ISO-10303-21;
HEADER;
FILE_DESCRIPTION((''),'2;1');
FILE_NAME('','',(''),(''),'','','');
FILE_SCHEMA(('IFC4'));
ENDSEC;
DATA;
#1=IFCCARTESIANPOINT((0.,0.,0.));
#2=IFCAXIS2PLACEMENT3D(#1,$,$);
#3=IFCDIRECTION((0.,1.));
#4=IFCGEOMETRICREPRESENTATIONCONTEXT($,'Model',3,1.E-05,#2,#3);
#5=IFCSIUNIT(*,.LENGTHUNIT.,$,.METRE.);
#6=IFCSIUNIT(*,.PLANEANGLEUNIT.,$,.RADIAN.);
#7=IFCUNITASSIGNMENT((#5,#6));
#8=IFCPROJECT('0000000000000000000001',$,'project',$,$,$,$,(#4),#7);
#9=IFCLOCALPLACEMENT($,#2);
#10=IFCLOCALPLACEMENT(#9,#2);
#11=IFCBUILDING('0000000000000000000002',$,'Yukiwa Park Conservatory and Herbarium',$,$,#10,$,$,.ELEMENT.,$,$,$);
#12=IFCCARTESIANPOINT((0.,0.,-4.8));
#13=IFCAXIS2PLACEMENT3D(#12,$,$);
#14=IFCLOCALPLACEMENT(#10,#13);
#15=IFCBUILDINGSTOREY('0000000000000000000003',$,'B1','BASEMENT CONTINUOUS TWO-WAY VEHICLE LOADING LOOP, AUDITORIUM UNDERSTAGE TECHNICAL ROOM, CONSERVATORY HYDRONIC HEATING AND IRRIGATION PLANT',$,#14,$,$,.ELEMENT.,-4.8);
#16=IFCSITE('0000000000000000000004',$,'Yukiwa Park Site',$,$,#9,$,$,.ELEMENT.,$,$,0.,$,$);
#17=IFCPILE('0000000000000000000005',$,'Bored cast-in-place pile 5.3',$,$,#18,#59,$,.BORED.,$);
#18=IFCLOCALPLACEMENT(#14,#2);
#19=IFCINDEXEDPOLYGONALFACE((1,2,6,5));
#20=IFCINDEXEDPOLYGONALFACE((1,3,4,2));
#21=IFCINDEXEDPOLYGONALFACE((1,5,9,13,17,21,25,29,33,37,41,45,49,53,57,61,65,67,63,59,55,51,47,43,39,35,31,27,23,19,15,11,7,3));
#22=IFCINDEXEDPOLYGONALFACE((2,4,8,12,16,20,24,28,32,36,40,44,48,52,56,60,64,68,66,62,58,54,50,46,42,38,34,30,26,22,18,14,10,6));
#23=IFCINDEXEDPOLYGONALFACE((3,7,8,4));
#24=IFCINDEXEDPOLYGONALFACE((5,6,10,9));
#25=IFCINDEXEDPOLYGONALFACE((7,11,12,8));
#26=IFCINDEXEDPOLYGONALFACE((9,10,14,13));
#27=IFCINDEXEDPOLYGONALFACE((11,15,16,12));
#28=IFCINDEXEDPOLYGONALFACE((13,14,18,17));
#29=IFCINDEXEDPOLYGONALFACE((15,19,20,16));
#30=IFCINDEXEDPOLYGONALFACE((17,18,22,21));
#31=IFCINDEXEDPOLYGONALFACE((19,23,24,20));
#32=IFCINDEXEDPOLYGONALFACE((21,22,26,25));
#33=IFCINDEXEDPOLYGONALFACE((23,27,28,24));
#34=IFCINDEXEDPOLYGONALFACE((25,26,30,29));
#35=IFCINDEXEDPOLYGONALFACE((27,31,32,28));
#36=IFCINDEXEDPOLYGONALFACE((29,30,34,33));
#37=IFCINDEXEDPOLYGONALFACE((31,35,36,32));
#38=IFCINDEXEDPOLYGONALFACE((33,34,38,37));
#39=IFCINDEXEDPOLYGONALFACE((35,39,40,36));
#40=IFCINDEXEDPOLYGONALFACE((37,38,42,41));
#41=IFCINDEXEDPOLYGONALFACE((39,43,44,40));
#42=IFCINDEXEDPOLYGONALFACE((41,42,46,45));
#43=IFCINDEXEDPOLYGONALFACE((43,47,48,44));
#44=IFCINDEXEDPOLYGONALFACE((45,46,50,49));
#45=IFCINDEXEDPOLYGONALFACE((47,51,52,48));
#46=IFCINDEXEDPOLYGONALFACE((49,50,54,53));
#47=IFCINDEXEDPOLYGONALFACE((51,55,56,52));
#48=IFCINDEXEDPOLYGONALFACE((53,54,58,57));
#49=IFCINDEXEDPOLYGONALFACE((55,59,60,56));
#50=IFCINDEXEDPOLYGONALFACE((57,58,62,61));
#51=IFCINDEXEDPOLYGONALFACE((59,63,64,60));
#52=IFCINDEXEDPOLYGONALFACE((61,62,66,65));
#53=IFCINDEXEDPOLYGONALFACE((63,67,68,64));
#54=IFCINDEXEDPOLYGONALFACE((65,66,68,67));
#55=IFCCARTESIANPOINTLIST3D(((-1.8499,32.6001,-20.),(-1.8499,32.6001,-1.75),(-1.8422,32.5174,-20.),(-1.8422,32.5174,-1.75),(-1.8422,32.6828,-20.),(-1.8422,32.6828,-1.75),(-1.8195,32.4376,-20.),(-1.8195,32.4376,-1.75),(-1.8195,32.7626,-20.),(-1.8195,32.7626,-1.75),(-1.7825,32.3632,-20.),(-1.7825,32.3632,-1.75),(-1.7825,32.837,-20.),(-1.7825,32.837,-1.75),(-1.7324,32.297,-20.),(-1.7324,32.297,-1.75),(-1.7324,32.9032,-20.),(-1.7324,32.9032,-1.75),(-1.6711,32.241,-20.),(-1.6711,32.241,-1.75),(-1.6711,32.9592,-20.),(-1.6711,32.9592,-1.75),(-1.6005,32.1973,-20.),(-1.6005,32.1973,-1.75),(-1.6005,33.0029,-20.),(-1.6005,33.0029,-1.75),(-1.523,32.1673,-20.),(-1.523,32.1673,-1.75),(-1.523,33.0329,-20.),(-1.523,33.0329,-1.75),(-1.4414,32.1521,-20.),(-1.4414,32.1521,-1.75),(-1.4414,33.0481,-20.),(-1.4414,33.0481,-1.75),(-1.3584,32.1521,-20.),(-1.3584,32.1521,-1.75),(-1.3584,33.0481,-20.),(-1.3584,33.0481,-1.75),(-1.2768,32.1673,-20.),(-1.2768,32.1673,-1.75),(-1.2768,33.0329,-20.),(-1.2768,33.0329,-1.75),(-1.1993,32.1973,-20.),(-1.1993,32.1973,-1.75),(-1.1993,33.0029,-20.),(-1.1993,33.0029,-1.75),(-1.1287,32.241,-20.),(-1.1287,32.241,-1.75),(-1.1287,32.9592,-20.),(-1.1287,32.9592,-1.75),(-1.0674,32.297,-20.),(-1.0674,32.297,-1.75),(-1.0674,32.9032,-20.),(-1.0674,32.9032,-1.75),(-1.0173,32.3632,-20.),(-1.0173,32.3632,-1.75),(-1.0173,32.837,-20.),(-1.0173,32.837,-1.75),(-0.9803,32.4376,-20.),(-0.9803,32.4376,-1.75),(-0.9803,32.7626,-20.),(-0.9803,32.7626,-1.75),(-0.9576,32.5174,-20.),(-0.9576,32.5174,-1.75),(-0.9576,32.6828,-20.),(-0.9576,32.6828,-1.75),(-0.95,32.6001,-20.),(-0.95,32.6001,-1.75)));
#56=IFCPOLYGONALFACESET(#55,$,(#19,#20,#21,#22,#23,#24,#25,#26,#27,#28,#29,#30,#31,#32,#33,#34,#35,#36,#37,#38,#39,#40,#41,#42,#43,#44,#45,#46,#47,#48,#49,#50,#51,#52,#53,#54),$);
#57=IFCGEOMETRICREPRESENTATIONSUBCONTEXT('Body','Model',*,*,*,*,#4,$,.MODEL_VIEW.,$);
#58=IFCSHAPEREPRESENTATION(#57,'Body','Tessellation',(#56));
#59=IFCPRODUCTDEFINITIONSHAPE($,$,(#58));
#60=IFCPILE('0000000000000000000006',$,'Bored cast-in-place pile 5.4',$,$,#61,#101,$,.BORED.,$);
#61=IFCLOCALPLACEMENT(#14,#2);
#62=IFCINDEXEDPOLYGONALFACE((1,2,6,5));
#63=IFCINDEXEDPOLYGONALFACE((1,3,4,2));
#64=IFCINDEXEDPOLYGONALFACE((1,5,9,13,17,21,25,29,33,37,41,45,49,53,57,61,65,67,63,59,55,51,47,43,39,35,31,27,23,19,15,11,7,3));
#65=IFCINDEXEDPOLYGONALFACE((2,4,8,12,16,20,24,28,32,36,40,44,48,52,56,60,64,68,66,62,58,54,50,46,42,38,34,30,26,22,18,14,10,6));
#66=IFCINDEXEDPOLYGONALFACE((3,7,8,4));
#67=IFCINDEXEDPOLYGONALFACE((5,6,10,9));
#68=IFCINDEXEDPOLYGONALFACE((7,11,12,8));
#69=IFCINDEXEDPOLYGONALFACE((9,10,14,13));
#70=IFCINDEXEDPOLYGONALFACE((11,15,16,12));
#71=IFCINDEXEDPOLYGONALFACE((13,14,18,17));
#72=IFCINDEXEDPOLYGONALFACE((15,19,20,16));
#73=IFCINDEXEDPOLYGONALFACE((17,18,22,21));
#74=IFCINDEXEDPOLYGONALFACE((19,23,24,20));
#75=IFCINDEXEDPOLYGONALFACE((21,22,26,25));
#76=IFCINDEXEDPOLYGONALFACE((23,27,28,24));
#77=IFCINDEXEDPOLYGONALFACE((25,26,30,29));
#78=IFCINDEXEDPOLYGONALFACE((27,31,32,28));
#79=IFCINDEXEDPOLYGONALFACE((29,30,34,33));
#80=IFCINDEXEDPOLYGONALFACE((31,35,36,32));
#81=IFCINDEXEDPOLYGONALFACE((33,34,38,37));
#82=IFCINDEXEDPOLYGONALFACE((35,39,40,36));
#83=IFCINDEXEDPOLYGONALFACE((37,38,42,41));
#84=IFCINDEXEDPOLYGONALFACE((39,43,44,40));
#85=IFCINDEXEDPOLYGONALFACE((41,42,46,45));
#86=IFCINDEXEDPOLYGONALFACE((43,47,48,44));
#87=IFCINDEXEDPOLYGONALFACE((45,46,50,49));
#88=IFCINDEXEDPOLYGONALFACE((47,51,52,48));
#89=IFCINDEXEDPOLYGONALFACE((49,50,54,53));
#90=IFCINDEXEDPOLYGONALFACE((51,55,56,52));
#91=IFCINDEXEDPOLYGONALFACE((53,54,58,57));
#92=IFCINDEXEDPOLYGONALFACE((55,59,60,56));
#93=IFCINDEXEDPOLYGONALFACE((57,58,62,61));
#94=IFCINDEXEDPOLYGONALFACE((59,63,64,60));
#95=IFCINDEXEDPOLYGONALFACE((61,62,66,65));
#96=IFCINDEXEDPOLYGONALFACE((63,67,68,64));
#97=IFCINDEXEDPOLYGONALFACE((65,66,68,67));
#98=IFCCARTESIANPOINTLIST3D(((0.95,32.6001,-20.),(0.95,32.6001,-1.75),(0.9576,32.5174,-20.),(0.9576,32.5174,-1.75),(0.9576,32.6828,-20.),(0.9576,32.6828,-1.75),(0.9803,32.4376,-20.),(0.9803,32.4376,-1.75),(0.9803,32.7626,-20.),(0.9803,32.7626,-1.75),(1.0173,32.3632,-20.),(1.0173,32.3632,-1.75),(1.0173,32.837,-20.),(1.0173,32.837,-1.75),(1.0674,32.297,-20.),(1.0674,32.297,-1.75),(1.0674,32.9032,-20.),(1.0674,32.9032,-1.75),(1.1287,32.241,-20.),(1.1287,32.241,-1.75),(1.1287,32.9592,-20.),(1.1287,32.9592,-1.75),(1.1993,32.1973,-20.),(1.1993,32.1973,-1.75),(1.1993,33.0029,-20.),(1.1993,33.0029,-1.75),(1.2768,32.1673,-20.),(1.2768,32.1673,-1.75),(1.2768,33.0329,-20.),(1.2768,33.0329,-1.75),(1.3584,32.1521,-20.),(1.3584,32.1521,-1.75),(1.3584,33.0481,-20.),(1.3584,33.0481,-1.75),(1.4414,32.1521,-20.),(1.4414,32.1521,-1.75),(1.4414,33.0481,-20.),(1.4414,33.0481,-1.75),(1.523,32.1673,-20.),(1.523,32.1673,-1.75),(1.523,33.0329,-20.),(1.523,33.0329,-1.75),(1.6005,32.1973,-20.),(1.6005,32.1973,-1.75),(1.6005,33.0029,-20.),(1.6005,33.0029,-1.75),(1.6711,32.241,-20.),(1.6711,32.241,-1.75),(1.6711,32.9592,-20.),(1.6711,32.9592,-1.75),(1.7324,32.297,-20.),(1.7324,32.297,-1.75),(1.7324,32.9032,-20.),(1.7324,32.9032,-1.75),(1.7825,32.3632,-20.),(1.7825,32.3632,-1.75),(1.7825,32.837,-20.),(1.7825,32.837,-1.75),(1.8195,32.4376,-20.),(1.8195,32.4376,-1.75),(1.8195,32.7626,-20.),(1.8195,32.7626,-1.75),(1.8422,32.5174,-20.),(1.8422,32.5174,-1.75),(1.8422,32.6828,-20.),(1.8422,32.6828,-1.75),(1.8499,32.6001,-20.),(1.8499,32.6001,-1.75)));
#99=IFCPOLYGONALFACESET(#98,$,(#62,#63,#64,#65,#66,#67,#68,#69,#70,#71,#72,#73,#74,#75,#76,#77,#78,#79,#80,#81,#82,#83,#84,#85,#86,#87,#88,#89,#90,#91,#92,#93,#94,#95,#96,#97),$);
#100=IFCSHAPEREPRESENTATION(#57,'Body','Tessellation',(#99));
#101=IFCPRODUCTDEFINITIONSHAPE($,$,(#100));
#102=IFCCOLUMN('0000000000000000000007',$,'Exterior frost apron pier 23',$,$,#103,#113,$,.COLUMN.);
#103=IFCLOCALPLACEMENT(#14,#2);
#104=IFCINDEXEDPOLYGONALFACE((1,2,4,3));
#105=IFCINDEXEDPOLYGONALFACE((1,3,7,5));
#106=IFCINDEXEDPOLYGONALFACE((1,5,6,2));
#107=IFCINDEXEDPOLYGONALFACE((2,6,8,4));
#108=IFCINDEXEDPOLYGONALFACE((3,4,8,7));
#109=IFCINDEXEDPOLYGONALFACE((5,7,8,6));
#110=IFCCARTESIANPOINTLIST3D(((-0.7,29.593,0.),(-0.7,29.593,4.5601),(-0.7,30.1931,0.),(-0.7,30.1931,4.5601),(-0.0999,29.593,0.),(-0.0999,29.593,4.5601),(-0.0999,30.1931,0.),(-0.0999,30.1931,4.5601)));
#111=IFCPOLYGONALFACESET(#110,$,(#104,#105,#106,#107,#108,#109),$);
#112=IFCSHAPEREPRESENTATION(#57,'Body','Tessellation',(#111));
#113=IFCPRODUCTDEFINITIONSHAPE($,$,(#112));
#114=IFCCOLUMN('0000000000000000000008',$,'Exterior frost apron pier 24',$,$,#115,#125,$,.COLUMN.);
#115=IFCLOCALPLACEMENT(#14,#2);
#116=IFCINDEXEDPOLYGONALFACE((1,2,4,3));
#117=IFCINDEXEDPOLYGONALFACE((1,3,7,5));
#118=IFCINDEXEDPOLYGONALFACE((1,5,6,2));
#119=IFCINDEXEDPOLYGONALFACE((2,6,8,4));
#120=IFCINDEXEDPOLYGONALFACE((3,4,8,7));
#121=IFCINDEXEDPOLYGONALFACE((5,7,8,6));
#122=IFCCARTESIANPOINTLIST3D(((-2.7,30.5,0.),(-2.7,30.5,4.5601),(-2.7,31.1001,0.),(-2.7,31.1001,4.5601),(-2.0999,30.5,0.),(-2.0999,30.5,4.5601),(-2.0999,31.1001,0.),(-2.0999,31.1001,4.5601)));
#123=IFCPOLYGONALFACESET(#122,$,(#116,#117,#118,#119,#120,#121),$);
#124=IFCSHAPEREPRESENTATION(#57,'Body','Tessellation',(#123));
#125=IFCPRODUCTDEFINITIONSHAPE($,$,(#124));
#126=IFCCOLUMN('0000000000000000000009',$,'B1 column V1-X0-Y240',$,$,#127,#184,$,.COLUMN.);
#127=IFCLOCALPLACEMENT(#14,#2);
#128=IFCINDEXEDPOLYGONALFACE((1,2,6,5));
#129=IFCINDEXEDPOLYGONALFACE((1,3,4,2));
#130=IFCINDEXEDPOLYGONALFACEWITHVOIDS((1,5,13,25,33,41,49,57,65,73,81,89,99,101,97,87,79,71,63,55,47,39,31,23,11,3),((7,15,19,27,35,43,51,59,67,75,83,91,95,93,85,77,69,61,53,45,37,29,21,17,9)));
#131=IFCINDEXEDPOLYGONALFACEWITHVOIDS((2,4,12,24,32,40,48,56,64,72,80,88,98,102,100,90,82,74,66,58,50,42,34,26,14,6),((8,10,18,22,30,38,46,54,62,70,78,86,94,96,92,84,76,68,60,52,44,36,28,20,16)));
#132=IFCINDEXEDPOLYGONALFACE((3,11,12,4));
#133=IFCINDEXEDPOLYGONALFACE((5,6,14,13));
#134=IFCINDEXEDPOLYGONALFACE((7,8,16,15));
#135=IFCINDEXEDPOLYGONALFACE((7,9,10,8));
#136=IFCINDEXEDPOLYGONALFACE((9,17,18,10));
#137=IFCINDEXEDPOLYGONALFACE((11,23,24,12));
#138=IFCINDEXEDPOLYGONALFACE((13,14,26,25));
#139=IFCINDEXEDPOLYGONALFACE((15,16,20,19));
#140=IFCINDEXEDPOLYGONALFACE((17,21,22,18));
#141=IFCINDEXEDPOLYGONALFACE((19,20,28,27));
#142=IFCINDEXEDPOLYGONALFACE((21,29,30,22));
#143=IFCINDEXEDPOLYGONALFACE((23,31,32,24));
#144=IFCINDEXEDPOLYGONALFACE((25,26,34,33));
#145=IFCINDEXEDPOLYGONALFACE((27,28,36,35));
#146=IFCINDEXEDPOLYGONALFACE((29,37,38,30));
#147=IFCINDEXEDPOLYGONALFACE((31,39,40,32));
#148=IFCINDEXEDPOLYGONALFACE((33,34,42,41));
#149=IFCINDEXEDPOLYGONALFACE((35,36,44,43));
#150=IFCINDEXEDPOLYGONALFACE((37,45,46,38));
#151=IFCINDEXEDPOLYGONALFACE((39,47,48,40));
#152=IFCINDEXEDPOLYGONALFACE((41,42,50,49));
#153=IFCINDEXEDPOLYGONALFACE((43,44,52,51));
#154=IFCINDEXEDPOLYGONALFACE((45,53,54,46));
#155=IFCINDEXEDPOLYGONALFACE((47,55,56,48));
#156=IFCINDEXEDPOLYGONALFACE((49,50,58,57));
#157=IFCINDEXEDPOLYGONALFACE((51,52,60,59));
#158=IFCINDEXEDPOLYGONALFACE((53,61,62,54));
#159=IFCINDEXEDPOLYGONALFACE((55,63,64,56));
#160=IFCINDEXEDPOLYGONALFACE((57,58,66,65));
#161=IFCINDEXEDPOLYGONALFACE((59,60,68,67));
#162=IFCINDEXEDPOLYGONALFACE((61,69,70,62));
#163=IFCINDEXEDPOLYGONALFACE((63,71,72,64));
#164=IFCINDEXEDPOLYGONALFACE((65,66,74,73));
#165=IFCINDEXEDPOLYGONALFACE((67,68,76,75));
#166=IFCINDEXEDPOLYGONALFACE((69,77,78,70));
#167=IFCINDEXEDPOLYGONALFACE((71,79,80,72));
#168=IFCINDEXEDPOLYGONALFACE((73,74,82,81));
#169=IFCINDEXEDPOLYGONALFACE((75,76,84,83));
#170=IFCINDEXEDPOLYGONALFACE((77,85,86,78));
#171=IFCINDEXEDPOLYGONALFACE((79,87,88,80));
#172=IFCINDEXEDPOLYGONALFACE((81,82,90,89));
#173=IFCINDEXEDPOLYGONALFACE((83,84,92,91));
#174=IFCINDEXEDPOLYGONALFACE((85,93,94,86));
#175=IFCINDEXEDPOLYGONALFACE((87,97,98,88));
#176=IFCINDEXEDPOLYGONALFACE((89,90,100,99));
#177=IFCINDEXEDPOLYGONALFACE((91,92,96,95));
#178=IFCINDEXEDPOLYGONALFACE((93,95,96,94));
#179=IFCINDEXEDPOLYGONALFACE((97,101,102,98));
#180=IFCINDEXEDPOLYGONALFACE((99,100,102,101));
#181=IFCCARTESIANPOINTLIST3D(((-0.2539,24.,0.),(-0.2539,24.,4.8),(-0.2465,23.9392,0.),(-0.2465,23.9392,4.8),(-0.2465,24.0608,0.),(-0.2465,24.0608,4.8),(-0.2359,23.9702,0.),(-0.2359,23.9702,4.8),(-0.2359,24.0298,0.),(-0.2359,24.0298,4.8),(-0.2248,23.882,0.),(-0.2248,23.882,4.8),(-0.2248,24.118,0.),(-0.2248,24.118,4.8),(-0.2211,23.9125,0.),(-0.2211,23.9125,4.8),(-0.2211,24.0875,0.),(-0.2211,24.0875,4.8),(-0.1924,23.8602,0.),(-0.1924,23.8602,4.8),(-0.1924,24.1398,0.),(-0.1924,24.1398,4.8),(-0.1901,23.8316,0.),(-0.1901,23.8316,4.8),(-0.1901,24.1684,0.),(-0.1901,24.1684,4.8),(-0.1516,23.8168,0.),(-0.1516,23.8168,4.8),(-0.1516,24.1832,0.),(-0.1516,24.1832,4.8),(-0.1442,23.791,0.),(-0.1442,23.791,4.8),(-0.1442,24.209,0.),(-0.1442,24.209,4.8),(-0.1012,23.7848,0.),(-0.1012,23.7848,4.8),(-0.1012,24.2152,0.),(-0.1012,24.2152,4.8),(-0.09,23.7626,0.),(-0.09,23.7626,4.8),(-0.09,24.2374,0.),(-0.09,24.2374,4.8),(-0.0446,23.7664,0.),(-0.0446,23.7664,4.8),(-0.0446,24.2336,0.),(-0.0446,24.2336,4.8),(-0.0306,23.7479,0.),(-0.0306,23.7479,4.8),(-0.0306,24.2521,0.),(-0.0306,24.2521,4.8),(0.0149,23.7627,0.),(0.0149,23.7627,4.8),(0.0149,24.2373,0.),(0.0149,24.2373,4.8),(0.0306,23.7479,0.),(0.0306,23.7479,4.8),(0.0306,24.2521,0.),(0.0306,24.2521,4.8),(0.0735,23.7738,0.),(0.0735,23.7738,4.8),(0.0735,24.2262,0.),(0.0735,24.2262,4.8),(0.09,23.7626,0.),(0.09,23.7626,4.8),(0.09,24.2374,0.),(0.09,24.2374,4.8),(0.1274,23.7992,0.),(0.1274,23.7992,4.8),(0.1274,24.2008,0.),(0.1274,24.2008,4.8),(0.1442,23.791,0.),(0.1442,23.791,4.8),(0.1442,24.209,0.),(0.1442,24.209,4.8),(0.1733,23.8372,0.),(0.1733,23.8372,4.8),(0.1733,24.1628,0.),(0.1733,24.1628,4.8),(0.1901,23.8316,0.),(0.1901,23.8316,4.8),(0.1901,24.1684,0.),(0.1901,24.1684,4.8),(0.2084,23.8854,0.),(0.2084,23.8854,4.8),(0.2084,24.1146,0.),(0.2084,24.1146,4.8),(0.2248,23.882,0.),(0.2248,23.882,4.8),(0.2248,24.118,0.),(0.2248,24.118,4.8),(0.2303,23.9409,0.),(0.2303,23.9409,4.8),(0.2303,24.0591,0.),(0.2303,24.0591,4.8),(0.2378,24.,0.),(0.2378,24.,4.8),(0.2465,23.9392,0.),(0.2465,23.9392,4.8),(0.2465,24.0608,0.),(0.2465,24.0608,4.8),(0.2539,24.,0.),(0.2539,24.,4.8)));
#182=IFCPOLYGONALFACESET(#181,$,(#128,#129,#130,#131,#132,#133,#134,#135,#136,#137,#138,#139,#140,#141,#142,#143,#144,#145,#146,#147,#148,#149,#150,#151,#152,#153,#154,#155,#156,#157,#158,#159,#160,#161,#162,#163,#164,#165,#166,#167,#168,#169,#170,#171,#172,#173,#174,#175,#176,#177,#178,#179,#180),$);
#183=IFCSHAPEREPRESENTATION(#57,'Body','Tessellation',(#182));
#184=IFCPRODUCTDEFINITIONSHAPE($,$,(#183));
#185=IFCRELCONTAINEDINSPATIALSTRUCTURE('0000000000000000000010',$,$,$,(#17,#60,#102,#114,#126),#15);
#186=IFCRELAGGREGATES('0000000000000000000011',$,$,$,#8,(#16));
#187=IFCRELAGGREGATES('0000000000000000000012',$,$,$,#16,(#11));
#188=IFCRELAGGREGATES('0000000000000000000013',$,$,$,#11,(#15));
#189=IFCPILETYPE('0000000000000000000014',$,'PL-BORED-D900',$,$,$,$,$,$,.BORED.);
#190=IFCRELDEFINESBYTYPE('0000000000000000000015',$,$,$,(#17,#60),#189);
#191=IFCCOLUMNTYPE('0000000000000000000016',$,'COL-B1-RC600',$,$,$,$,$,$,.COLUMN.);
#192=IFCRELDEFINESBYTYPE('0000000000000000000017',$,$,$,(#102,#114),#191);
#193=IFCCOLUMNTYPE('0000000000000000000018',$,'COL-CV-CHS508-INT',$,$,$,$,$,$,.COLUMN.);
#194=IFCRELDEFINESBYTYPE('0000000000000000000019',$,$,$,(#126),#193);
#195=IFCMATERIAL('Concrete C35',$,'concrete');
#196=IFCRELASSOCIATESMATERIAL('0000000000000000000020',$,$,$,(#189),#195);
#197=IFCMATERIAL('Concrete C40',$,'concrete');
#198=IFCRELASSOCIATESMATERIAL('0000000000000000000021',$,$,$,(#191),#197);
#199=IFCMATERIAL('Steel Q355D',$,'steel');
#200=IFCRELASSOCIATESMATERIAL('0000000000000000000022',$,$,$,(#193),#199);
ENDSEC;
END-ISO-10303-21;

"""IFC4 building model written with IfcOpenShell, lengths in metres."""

from ifc_helpers import new_model, si_unit, direction, frame, origin, origin_2d, place, context, subcontext, project, spatial, rectangle, circle, hollow_circle, extrude, material, material_profile, profile_set, type_object, element, save


model = new_model("IFC4")

# Units and contexts
model_context = context("Model", 3, precision=1e-05, world=origin(), true_north=direction((0.0, 1.0)))
body_context = subcontext(model_context, "Body", "Model", "MODEL_VIEW")
ifc_project = project(units=[si_unit("LENGTHUNIT", "METRE"), si_unit("PLANEANGLEUNIT", "RADIAN")], contexts=[model_context])

# Site, building, storey
site_placement = place(None, origin())
site = spatial("IfcSite", under=ifc_project, at=site_placement, Name="Yukiwa Park Site", CompositionType="ELEMENT", RefElevation=0.0)
building_placement = place(site_placement, origin())
building = spatial("IfcBuilding", under=site, at=building_placement, Name="Yukiwa Park Conservatory and Herbarium", CompositionType="ELEMENT")
storey_placement = place(building_placement, frame((0.0, 0.0, -4.8)))
storey = spatial("IfcBuildingStorey", under=building, at=storey_placement, Name="B1", Description="BASEMENT CONTINUOUS TWO-WAY VEHICLE LOADING LOOP, AUDITORIUM UNDERSTAGE TECHNICAL ROOM, CONSERVATORY HYDRONIC HEATING AND IRRIGATION PLANT", CompositionType="ELEMENT", Elevation=-4.8)

# Piles
ifc_material_1 = material(Name="Concrete C35", Category="concrete")
ifc_material_profile_1 = material_profile(ifc_material_1, circle(Radius=0.45, at=origin_2d()), Name="PILE D900")
ifc_profile_set_1 = profile_set([ifc_material_profile_1], Name="Concrete C35")
pile_type_1 = type_object("IfcPileType", Name="PL-BORED-D900", PredefinedType="BORED", material=ifc_profile_set_1)
for number, where, z_axis, x_axis, name in (
    (1, (-1.3999, 32.6001, -1.75), (0.0, 0.0, -1.0), (1.0, 0.0, 0.0), "Bored cast-in-place pile 5.3"),
    (2, (1.3999, 32.6001, -1.75), (0.0, 0.0, -1.0), (1.0, 0.0, 0.0), "Bored cast-in-place pile 5.4"),
):
    element("IfcPile", number, at=place(storey_placement, frame(where, z_axis=z_axis, x_axis=x_axis)), inside=storey, type_object=pile_type_1, Name=name, PredefinedType="BORED", context=body_context, shape_type="SweptSolid", body=[
        extrude(circle(Radius=0.45, at=origin_2d()), origin(), (0.0, 0.0, 1.0), 18.25),
    ])

# Columns
ifc_material_2 = material(Name="Concrete C40", Category="concrete")
ifc_material_profile_2 = material_profile(ifc_material_2, rectangle(XDim=0.6001, YDim=0.6001, at=origin_2d()), Name="RC 600x600")
ifc_profile_set_2 = profile_set([ifc_material_profile_2], Name="Concrete C40")
column_type_1 = type_object("IfcColumnType", Name="COL-B1-RC600", PredefinedType="COLUMN", material=ifc_profile_set_2)
for number, where, z_axis, x_axis, name in (
    (3, (-0.3999, 29.8931, 0.0), (0.0, 0.0, 1.0), (1.0, 0.0, 0.0), "Exterior frost apron pier 23"),
    (4, (-2.3999, 30.8, 0.0), (0.0, 0.0, 1.0), (1.0, 0.0, 0.0), "Exterior frost apron pier 24"),
):
    element("IfcColumn", number, at=place(storey_placement, frame(where, z_axis=z_axis, x_axis=x_axis)), inside=storey, type_object=column_type_1, Name=name, PredefinedType="COLUMN", context=body_context, shape_type="SweptSolid", body=[
        extrude(rectangle(XDim=0.6001, YDim=0.6001, at=origin_2d()), origin(), (0.0, 0.0, 1.0), 4.5601),
    ])
ifc_material_3 = material(Name="Steel Q355D", Category="steel")
ifc_material_profile_3 = material_profile(ifc_material_3, hollow_circle(Radius=0.2539, WallThickness=0.0161, at=origin_2d()), Name="CHS 508x16")
ifc_profile_set_3 = profile_set([ifc_material_profile_3], Name="Steel Q355D")
column_type_2 = type_object("IfcColumnType", Name="COL-CV-CHS508-INT", PredefinedType="COLUMN", material=ifc_profile_set_3)
for number, where, z_axis, x_axis, name in (
    (5, (0.0, 24.0, 0.0), (0.0, 0.0, 1.0), (1.0, 0.0, 0.0), "B1 column V1-X0-Y240"),
):
    element("IfcColumn", number, at=place(storey_placement, frame(where, z_axis=z_axis, x_axis=x_axis)), inside=storey, type_object=column_type_2, Name=name, PredefinedType="COLUMN", context=body_context, shape_type="SweptSolid", body=[
        extrude(hollow_circle(Radius=0.2539, WallThickness=0.0161, at=origin_2d()), origin(), (0.0, 0.0, 1.0), 4.8),
    ])

save(model, "model.ifc")
